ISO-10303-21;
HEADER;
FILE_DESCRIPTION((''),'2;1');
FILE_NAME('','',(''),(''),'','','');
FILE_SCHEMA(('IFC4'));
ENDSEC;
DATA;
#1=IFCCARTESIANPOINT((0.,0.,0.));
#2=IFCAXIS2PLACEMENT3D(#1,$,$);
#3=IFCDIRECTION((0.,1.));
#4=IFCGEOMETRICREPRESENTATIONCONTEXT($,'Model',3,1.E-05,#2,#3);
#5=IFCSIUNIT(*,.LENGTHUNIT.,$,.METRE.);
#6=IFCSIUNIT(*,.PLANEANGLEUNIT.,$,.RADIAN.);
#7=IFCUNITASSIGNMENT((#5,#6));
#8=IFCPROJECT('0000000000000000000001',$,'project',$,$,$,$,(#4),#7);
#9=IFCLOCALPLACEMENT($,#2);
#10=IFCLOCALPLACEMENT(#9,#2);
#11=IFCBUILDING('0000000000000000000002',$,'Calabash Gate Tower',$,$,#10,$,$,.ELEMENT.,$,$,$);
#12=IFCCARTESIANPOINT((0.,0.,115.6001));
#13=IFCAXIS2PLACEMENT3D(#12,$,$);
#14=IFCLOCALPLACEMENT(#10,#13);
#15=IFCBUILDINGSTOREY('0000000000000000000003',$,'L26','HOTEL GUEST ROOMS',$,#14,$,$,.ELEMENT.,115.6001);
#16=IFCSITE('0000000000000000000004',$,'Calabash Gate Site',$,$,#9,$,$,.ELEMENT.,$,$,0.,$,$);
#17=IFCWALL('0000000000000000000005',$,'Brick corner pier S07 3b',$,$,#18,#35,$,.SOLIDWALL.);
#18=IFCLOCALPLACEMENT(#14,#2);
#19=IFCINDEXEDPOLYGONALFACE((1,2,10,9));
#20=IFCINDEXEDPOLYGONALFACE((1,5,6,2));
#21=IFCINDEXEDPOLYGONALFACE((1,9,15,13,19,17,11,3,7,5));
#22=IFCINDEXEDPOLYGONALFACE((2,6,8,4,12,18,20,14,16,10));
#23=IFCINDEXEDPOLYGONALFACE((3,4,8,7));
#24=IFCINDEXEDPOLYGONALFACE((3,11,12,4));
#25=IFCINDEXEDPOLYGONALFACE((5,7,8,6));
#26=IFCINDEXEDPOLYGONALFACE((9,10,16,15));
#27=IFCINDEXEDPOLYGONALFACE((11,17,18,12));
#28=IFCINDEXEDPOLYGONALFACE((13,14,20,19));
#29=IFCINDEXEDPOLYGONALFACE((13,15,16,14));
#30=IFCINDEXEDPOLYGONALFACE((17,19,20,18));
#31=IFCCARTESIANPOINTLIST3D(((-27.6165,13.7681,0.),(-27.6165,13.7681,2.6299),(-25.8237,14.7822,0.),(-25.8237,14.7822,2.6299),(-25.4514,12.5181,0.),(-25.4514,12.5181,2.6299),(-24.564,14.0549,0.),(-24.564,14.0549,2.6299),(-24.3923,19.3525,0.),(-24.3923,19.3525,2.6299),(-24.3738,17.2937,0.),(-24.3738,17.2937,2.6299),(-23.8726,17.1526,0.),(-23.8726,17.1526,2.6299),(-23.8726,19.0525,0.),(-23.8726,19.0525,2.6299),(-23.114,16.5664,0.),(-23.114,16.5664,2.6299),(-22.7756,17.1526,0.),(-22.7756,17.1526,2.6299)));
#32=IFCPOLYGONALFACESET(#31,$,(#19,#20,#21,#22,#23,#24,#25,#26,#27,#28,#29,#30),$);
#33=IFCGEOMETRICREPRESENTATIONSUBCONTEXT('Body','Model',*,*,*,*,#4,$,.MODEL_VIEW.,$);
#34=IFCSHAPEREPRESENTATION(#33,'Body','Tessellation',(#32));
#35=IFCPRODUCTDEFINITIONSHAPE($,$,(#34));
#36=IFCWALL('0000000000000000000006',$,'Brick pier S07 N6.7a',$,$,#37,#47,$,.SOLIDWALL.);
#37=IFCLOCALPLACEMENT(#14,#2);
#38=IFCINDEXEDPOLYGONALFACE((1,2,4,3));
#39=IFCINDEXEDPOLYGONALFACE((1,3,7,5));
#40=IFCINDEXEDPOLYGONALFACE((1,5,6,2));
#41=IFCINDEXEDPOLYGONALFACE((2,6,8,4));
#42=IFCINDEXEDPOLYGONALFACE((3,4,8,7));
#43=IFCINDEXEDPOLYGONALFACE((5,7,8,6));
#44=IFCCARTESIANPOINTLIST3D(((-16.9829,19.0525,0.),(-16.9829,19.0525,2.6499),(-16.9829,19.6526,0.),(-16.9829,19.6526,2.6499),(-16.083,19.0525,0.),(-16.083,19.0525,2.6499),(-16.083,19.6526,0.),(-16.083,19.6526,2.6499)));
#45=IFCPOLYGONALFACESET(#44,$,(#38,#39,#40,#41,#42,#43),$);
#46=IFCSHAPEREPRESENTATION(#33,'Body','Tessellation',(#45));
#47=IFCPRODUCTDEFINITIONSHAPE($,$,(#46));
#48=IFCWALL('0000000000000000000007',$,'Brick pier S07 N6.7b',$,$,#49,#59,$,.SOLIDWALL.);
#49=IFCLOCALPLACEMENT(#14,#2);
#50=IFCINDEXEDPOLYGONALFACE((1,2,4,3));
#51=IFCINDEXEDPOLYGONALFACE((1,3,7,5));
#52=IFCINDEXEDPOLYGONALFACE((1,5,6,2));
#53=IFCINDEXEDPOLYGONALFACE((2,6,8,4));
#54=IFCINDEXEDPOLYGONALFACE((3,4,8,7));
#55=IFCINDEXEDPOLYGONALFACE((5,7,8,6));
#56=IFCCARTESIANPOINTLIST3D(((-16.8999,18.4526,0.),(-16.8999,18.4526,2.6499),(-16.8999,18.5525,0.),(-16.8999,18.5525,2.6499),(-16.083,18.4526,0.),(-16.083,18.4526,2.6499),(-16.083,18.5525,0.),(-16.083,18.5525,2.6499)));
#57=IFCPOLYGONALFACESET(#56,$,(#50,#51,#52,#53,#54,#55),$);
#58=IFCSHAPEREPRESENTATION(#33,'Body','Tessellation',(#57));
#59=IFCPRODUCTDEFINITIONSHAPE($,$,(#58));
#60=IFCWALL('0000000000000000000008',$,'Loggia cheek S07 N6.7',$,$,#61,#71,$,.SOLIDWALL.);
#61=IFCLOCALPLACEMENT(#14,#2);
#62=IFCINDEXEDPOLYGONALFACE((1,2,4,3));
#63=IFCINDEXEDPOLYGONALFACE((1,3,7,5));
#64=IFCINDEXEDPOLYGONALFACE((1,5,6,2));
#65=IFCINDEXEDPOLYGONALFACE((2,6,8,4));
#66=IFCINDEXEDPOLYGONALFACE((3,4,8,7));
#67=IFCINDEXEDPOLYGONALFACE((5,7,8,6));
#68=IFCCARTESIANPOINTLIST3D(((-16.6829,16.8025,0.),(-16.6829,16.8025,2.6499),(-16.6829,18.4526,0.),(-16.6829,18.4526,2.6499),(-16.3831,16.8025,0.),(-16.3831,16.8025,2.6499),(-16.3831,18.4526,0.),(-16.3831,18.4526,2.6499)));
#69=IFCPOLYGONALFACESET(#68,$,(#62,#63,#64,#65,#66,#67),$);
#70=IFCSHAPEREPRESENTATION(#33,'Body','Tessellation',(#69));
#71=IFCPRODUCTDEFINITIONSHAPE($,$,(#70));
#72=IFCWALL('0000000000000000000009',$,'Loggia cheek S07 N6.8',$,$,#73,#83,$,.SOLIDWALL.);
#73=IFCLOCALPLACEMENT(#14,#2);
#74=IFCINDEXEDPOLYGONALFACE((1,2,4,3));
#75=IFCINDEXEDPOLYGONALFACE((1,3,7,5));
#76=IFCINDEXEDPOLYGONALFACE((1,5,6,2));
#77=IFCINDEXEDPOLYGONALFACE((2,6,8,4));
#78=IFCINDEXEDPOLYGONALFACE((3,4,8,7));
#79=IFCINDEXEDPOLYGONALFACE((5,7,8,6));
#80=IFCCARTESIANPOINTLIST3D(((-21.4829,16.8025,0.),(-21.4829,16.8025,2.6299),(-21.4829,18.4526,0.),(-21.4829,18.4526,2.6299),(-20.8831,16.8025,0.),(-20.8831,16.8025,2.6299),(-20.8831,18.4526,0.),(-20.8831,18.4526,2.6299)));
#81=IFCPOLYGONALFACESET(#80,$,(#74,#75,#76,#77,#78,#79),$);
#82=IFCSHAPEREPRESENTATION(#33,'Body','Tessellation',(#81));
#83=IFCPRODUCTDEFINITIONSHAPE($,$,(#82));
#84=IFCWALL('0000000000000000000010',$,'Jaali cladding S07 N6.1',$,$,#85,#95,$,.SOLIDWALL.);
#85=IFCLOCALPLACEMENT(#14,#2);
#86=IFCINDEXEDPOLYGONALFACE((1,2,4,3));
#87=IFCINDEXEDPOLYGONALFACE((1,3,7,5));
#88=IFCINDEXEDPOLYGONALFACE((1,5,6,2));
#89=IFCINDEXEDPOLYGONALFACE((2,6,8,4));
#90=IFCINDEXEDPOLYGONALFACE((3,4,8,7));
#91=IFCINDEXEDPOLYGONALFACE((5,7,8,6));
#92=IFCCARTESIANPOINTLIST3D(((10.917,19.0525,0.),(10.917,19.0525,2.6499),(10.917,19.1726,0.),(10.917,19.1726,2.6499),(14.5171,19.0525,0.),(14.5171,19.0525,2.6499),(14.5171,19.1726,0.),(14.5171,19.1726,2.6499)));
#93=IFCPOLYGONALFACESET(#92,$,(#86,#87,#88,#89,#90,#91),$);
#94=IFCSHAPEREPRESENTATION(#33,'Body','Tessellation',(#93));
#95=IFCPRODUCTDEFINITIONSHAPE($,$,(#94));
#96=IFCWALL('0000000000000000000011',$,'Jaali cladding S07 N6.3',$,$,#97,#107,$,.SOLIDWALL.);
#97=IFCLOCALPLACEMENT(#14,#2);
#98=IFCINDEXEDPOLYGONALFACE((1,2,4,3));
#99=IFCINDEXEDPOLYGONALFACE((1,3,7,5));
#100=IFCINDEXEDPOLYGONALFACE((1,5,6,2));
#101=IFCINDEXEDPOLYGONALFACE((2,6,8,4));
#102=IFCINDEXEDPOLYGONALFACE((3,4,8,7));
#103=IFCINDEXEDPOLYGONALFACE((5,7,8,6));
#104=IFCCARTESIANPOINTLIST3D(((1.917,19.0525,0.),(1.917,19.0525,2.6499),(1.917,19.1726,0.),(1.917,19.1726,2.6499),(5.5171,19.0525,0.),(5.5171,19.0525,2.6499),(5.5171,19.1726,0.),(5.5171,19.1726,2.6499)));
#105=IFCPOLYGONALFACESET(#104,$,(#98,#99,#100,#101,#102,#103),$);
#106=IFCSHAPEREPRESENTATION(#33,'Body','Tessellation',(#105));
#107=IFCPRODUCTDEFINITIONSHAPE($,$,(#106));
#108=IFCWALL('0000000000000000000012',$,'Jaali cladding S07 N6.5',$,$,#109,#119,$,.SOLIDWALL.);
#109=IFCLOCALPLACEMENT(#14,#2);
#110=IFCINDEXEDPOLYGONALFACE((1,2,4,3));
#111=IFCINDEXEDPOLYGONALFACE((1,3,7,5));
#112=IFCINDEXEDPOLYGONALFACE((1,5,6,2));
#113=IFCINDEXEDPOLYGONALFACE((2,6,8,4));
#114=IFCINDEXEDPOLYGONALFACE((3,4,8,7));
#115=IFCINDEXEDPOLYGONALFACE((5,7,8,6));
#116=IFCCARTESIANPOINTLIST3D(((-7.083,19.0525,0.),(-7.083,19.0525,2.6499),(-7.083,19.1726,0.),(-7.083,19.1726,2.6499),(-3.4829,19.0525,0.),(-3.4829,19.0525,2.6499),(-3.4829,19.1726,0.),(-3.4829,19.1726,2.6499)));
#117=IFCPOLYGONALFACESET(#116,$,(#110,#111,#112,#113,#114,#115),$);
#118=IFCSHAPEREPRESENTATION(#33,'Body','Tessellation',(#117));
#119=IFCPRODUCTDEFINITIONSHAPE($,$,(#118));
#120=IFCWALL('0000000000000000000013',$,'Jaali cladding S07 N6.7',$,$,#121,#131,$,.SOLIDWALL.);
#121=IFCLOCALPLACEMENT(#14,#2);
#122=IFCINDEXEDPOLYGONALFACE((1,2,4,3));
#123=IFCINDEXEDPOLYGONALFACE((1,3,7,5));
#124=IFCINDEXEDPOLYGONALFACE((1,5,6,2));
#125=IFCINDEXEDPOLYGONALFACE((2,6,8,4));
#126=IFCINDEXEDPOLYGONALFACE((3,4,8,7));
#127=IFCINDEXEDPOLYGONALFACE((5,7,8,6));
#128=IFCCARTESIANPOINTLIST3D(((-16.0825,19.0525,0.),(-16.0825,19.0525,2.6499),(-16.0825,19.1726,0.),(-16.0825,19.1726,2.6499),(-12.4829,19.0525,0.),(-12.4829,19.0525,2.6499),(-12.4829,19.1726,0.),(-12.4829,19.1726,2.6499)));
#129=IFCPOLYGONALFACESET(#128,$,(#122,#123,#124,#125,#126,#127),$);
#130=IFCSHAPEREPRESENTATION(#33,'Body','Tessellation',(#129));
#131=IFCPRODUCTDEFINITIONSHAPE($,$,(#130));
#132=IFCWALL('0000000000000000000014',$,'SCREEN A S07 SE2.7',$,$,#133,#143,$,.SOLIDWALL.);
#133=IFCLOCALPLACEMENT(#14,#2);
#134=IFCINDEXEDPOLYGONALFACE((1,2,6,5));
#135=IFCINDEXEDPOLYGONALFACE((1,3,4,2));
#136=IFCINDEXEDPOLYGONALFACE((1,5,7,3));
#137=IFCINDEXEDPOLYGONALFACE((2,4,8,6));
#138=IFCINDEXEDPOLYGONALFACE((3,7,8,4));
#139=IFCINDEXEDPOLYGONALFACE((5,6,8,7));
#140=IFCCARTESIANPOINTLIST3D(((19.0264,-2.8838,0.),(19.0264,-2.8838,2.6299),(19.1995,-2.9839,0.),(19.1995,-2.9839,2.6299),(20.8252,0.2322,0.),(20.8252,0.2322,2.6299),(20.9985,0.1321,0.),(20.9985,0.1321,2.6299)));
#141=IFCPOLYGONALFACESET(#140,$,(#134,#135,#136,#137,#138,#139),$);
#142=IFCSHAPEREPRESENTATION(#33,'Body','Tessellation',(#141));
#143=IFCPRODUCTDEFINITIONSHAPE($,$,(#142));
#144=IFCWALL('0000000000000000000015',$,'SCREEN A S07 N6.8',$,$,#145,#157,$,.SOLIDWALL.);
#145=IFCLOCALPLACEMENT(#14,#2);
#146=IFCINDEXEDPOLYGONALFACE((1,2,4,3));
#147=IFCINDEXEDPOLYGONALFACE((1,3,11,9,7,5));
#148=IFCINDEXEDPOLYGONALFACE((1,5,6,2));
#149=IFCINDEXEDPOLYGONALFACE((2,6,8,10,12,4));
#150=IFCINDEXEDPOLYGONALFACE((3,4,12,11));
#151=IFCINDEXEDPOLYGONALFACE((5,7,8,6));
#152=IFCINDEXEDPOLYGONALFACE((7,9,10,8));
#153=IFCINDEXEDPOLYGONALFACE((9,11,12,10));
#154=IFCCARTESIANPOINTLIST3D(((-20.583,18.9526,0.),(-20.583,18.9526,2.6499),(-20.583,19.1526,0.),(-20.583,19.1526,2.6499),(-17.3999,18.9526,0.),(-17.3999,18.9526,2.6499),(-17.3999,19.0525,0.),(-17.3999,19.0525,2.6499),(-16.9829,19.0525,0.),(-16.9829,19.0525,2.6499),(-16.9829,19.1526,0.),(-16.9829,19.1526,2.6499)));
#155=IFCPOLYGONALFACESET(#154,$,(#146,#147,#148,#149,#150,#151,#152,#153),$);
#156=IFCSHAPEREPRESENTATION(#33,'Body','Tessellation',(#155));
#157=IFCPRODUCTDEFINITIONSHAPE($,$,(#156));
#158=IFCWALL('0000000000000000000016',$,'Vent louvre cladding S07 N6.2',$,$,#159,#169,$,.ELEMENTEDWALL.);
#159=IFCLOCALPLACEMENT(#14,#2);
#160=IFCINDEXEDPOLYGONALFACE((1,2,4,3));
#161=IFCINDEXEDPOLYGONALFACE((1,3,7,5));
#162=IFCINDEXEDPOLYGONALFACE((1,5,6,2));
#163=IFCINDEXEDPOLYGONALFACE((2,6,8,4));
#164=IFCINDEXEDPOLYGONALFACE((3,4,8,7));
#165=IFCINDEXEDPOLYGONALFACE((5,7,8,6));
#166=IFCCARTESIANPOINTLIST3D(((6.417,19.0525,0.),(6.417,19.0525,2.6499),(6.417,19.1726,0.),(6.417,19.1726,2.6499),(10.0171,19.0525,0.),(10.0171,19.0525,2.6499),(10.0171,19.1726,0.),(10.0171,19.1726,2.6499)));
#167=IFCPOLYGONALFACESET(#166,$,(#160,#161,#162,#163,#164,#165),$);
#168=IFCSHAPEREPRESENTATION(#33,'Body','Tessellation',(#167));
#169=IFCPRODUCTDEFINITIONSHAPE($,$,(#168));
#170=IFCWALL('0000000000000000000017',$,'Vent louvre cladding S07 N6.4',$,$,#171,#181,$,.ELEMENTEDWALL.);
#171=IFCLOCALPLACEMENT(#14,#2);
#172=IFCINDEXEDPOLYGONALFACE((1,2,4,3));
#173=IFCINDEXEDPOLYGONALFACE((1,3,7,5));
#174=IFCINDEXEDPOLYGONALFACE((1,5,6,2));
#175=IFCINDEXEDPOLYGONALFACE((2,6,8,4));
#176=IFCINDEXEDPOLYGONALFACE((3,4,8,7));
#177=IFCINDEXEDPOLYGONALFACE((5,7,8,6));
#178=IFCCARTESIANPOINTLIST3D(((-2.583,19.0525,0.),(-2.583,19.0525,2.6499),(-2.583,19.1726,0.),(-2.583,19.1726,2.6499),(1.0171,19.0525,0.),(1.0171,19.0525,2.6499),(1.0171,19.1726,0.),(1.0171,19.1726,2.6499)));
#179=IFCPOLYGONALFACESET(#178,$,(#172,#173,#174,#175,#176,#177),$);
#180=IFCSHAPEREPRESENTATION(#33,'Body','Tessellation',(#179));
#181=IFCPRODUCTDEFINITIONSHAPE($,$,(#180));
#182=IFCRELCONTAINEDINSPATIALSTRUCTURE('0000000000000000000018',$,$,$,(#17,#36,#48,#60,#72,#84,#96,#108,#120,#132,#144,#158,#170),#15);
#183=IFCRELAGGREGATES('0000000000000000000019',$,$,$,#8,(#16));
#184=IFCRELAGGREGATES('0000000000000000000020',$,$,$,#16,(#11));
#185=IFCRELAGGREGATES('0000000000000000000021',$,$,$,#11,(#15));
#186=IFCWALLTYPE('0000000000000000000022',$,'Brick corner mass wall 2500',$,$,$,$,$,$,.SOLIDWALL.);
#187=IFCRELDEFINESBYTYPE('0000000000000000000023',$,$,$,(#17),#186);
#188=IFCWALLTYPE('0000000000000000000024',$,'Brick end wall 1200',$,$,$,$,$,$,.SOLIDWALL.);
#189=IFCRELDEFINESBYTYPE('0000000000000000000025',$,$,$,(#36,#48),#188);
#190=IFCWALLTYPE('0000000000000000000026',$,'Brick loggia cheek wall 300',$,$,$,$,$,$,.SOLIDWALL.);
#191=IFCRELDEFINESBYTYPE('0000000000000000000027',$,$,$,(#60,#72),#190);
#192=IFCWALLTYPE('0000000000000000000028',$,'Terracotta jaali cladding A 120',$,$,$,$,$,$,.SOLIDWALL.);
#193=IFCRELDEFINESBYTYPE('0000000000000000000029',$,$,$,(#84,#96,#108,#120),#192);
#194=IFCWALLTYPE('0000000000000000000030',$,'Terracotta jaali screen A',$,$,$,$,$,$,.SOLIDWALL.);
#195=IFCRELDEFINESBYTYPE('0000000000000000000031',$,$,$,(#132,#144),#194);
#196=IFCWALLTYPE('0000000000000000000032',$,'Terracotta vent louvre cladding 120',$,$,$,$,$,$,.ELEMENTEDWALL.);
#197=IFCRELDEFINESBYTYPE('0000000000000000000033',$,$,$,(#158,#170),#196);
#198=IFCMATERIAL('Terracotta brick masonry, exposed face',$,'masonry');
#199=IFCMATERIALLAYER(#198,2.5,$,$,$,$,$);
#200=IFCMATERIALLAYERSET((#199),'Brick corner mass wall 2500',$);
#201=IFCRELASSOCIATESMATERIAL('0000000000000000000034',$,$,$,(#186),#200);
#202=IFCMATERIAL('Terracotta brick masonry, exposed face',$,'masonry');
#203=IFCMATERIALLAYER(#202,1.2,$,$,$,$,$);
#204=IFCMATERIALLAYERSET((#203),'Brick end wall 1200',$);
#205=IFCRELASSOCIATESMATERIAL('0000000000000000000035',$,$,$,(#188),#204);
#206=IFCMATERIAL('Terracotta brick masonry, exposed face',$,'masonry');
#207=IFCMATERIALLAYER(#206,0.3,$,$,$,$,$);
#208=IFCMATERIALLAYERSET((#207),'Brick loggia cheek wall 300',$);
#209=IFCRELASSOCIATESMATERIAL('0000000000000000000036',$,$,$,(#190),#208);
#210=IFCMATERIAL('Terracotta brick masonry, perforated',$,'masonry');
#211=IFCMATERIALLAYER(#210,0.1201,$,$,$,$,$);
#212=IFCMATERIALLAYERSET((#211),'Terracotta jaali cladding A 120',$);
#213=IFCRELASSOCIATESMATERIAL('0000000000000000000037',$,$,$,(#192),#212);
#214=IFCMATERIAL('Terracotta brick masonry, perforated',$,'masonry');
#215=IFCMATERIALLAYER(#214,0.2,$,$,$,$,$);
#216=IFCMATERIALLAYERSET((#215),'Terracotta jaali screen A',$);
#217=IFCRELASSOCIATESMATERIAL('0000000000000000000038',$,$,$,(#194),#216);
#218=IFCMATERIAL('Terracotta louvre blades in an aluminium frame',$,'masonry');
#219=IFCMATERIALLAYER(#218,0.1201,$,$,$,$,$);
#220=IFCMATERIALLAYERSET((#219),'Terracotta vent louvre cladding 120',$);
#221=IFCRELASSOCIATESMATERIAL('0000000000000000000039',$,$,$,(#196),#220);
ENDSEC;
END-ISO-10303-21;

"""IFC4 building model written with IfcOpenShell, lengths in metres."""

from ifc_helpers import new_model, si_unit, direction, frame, origin, place, context, subcontext, project, spatial, polyline, outline, extrude, material, layer, layer_set, type_object, element, save


model = new_model("IFC4")

# Units and contexts
model_context = context("Model", 3, precision=1e-05, world=origin(), true_north=direction((0.0, 1.0)))
body_context = subcontext(model_context, "Body", "Model", "MODEL_VIEW")
ifc_project = project(units=[si_unit("LENGTHUNIT", "METRE"), si_unit("PLANEANGLEUNIT", "RADIAN")], contexts=[model_context])

# Site, building, storey
site_placement = place(None, origin())
site = spatial("IfcSite", under=ifc_project, at=site_placement, Name="Calabash Gate Site", CompositionType="ELEMENT", RefElevation=0.0)
building_placement = place(site_placement, origin())
building = spatial("IfcBuilding", under=site, at=building_placement, Name="Calabash Gate Tower", CompositionType="ELEMENT")
storey_placement = place(building_placement, frame((0.0, 0.0, 115.6001)))
storey = spatial("IfcBuildingStorey", under=building, at=storey_placement, Name="L26", Description="HOTEL GUEST ROOMS", CompositionType="ELEMENT", Elevation=115.6001)

# Walls
ifc_material_1 = material(Name="Terracotta brick masonry, exposed face", Category="masonry")
ifc_layer_1 = layer(ifc_material_1, 2.5)
ifc_layer_set_1 = layer_set([ifc_layer_1], Name="Brick corner mass wall 2500")
wall_type_1 = type_object("IfcWallType", Name="Brick corner mass wall 2500", PredefinedType="SOLIDWALL", material=ifc_layer_set_1)
wall_1_placement = place(storey_placement, origin())
element("IfcWall", 1, at=wall_1_placement, inside=storey, type_object=wall_type_1, Name="Brick corner pier S07 3b", PredefinedType="SOLIDWALL", context=body_context, shape_type="SweptSolid", body=[
    extrude(outline(polyline([(-23.114, 16.5664), (-22.7756, 17.1526), (-23.8726, 17.1526), (-23.8726, 19.0525), (-24.3923, 19.3525), (-27.6165, 13.7681), (-25.4514, 12.5181), (-24.564, 14.0549), (-25.8237, 14.7822), (-24.3738, 17.2937), (-23.114, 16.5664)])), origin(), (0.0, 0.0, 1.0), 2.6299),
])
ifc_material_2 = material(Name="Terracotta brick masonry, exposed face", Category="masonry")
ifc_layer_2 = layer(ifc_material_2, 1.2)
ifc_layer_set_2 = layer_set([ifc_layer_2], Name="Brick end wall 1200")
wall_type_2 = type_object("IfcWallType", Name="Brick end wall 1200", PredefinedType="SOLIDWALL", material=ifc_layer_set_2)
wall_2_placement = place(storey_placement, origin())
element("IfcWall", 2, at=wall_2_placement, inside=storey, type_object=wall_type_2, Name="Brick pier S07 N6.7a", PredefinedType="SOLIDWALL", context=body_context, shape_type="SweptSolid", body=[
    extrude(outline(polyline([(-16.083, 19.0525), (-16.083, 19.6526), (-16.9829, 19.6526), (-16.9829, 19.0525), (-16.083, 19.0525)])), origin(), (0.0, 0.0, 1.0), 2.6499),
])
wall_3_placement = place(storey_placement, origin())
element("IfcWall", 3, at=wall_3_placement, inside=storey, type_object=wall_type_2, Name="Brick pier S07 N6.7b", PredefinedType="SOLIDWALL", context=body_context, shape_type="SweptSolid", body=[
    extrude(outline(polyline([(-16.083, 18.4526), (-16.083, 18.5525), (-16.8999, 18.5525), (-16.8999, 18.4526), (-16.083, 18.4526)])), origin(), (0.0, 0.0, 1.0), 2.6499),
])
ifc_material_3 = material(Name="Terracotta brick masonry, exposed face", Category="masonry")
ifc_layer_3 = layer(ifc_material_3, 0.3)
ifc_layer_set_3 = layer_set([ifc_layer_3], Name="Brick loggia cheek wall 300")
wall_type_3 = type_object("IfcWallType", Name="Brick loggia cheek wall 300", PredefinedType="SOLIDWALL", material=ifc_layer_set_3)
wall_4_placement = place(storey_placement, origin())
element("IfcWall", 4, at=wall_4_placement, inside=storey, type_object=wall_type_3, Name="Loggia cheek S07 N6.7", PredefinedType="SOLIDWALL", context=body_context, shape_type="SweptSolid", body=[
    extrude(outline(polyline([(-16.3831, 16.8025), (-16.3831, 18.4526), (-16.6829, 18.4526), (-16.6829, 16.8025), (-16.3831, 16.8025)])), origin(), (0.0, 0.0, 1.0), 2.6499),
])
wall_5_placement = place(storey_placement, origin())
element("IfcWall", 5, at=wall_5_placement, inside=storey, type_object=wall_type_3, Name="Loggia cheek S07 N6.8", PredefinedType="SOLIDWALL", context=body_context, shape_type="SweptSolid", body=[
    extrude(outline(polyline([(-21.4829, 18.4526), (-21.4829, 16.8025), (-20.8831, 16.8025), (-20.8831, 18.4526), (-21.4829, 18.4526)])), origin(), (0.0, 0.0, 1.0), 2.6299),
])
ifc_material_4 = material(Name="Terracotta brick masonry, perforated", Category="masonry")
ifc_layer_4 = layer(ifc_material_4, 0.1201)
ifc_layer_set_4 = layer_set([ifc_layer_4], Name="Terracotta jaali cladding A 120")
wall_type_4 = type_object("IfcWallType", Name="Terracotta jaali cladding A 120", PredefinedType="SOLIDWALL", material=ifc_layer_set_4)
wall_6_placement = place(storey_placement, origin())
element("IfcWall", 6, at=wall_6_placement, inside=storey, type_object=wall_type_4, Name="Jaali cladding S07 N6.1", PredefinedType="SOLIDWALL", context=body_context, shape_type="SweptSolid", body=[
    extrude(outline(polyline([(10.917, 19.1726), (10.917, 19.0525), (14.5171, 19.0525), (14.5171, 19.1726), (10.917, 19.1726)])), origin(), (0.0, 0.0, 1.0), 2.6499),
])
wall_7_placement = place(storey_placement, origin())
element("IfcWall", 7, at=wall_7_placement, inside=storey, type_object=wall_type_4, Name="Jaali cladding S07 N6.3", PredefinedType="SOLIDWALL", context=body_context, shape_type="SweptSolid", body=[
    extrude(outline(polyline([(1.917, 19.1726), (1.917, 19.0525), (5.5171, 19.0525), (5.5171, 19.1726), (1.917, 19.1726)])), origin(), (0.0, 0.0, 1.0), 2.6499),
])
wall_8_placement = place(storey_placement, origin())
element("IfcWall", 8, at=wall_8_placement, inside=storey, type_object=wall_type_4, Name="Jaali cladding S07 N6.5", PredefinedType="SOLIDWALL", context=body_context, shape_type="SweptSolid", body=[
    extrude(outline(polyline([(-7.083, 19.1726), (-7.083, 19.0525), (-3.4829, 19.0525), (-3.4829, 19.1726), (-7.083, 19.1726)])), origin(), (0.0, 0.0, 1.0), 2.6499),
])
wall_9_placement = place(storey_placement, origin())
element("IfcWall", 9, at=wall_9_placement, inside=storey, type_object=wall_type_4, Name="Jaali cladding S07 N6.7", PredefinedType="SOLIDWALL", context=body_context, shape_type="SweptSolid", body=[
    extrude(outline(polyline([(-16.0825, 19.1726), (-16.0825, 19.0525), (-12.4829, 19.0525), (-12.4829, 19.1726), (-16.0825, 19.1726)])), origin(), (0.0, 0.0, 1.0), 2.6499),
])
ifc_material_5 = material(Name="Terracotta brick masonry, perforated", Category="masonry")
ifc_layer_5 = layer(ifc_material_5, 0.2)
ifc_layer_set_5 = layer_set([ifc_layer_5], Name="Terracotta jaali screen A")
wall_type_5 = type_object("IfcWallType", Name="Terracotta jaali screen A", PredefinedType="SOLIDWALL", material=ifc_layer_set_5)
wall_10_placement = place(storey_placement, origin())
element("IfcWall", 10, at=wall_10_placement, inside=storey, type_object=wall_type_5, Name="SCREEN A S07 SE2.7", PredefinedType="SOLIDWALL", context=body_context, shape_type="SweptSolid", body=[
    extrude(outline(polyline([(20.8252, 0.2322), (19.0264, -2.8838), (19.1995, -2.9839), (20.9985, 0.1321), (20.8252, 0.2322)])), origin(), (0.0, 0.0, 1.0), 2.6299),
])
wall_11_placement = place(storey_placement, origin())
element("IfcWall", 11, at=wall_11_placement, inside=storey, type_object=wall_type_5, Name="SCREEN A S07 N6.8", PredefinedType="SOLIDWALL", context=body_context, shape_type="SweptSolid", body=[
    extrude(outline(polyline([(-20.583, 19.1526), (-20.583, 18.9526), (-17.3999, 18.9526), (-17.3999, 19.0525), (-16.9829, 19.0525), (-16.9829, 19.1526), (-20.583, 19.1526)])), origin(), (0.0, 0.0, 1.0), 2.6499),
])
ifc_material_6 = material(Name="Terracotta louvre blades in an aluminium frame", Category="masonry")
ifc_layer_6 = layer(ifc_material_6, 0.1201)
ifc_layer_set_6 = layer_set([ifc_layer_6], Name="Terracotta vent louvre cladding 120")
wall_type_6 = type_object("IfcWallType", Name="Terracotta vent louvre cladding 120", PredefinedType="ELEMENTEDWALL", material=ifc_layer_set_6)
wall_12_placement = place(storey_placement, origin())
element("IfcWall", 12, at=wall_12_placement, inside=storey, type_object=wall_type_6, Name="Vent louvre cladding S07 N6.2", PredefinedType="ELEMENTEDWALL", context=body_context, shape_type="SweptSolid", body=[
    extrude(outline(polyline([(6.417, 19.1726), (6.417, 19.0525), (10.0171, 19.0525), (10.0171, 19.1726), (6.417, 19.1726)])), origin(), (0.0, 0.0, 1.0), 2.6499),
])
wall_13_placement = place(storey_placement, origin())
element("IfcWall", 13, at=wall_13_placement, inside=storey, type_object=wall_type_6, Name="Vent louvre cladding S07 N6.4", PredefinedType="ELEMENTEDWALL", context=body_context, shape_type="SweptSolid", body=[
    extrude(outline(polyline([(-2.583, 19.1726), (-2.583, 19.0525), (1.0171, 19.0525), (1.0171, 19.1726), (-2.583, 19.1726)])), origin(), (0.0, 0.0, 1.0), 2.6499),
])

save(model, "model.ifc")
